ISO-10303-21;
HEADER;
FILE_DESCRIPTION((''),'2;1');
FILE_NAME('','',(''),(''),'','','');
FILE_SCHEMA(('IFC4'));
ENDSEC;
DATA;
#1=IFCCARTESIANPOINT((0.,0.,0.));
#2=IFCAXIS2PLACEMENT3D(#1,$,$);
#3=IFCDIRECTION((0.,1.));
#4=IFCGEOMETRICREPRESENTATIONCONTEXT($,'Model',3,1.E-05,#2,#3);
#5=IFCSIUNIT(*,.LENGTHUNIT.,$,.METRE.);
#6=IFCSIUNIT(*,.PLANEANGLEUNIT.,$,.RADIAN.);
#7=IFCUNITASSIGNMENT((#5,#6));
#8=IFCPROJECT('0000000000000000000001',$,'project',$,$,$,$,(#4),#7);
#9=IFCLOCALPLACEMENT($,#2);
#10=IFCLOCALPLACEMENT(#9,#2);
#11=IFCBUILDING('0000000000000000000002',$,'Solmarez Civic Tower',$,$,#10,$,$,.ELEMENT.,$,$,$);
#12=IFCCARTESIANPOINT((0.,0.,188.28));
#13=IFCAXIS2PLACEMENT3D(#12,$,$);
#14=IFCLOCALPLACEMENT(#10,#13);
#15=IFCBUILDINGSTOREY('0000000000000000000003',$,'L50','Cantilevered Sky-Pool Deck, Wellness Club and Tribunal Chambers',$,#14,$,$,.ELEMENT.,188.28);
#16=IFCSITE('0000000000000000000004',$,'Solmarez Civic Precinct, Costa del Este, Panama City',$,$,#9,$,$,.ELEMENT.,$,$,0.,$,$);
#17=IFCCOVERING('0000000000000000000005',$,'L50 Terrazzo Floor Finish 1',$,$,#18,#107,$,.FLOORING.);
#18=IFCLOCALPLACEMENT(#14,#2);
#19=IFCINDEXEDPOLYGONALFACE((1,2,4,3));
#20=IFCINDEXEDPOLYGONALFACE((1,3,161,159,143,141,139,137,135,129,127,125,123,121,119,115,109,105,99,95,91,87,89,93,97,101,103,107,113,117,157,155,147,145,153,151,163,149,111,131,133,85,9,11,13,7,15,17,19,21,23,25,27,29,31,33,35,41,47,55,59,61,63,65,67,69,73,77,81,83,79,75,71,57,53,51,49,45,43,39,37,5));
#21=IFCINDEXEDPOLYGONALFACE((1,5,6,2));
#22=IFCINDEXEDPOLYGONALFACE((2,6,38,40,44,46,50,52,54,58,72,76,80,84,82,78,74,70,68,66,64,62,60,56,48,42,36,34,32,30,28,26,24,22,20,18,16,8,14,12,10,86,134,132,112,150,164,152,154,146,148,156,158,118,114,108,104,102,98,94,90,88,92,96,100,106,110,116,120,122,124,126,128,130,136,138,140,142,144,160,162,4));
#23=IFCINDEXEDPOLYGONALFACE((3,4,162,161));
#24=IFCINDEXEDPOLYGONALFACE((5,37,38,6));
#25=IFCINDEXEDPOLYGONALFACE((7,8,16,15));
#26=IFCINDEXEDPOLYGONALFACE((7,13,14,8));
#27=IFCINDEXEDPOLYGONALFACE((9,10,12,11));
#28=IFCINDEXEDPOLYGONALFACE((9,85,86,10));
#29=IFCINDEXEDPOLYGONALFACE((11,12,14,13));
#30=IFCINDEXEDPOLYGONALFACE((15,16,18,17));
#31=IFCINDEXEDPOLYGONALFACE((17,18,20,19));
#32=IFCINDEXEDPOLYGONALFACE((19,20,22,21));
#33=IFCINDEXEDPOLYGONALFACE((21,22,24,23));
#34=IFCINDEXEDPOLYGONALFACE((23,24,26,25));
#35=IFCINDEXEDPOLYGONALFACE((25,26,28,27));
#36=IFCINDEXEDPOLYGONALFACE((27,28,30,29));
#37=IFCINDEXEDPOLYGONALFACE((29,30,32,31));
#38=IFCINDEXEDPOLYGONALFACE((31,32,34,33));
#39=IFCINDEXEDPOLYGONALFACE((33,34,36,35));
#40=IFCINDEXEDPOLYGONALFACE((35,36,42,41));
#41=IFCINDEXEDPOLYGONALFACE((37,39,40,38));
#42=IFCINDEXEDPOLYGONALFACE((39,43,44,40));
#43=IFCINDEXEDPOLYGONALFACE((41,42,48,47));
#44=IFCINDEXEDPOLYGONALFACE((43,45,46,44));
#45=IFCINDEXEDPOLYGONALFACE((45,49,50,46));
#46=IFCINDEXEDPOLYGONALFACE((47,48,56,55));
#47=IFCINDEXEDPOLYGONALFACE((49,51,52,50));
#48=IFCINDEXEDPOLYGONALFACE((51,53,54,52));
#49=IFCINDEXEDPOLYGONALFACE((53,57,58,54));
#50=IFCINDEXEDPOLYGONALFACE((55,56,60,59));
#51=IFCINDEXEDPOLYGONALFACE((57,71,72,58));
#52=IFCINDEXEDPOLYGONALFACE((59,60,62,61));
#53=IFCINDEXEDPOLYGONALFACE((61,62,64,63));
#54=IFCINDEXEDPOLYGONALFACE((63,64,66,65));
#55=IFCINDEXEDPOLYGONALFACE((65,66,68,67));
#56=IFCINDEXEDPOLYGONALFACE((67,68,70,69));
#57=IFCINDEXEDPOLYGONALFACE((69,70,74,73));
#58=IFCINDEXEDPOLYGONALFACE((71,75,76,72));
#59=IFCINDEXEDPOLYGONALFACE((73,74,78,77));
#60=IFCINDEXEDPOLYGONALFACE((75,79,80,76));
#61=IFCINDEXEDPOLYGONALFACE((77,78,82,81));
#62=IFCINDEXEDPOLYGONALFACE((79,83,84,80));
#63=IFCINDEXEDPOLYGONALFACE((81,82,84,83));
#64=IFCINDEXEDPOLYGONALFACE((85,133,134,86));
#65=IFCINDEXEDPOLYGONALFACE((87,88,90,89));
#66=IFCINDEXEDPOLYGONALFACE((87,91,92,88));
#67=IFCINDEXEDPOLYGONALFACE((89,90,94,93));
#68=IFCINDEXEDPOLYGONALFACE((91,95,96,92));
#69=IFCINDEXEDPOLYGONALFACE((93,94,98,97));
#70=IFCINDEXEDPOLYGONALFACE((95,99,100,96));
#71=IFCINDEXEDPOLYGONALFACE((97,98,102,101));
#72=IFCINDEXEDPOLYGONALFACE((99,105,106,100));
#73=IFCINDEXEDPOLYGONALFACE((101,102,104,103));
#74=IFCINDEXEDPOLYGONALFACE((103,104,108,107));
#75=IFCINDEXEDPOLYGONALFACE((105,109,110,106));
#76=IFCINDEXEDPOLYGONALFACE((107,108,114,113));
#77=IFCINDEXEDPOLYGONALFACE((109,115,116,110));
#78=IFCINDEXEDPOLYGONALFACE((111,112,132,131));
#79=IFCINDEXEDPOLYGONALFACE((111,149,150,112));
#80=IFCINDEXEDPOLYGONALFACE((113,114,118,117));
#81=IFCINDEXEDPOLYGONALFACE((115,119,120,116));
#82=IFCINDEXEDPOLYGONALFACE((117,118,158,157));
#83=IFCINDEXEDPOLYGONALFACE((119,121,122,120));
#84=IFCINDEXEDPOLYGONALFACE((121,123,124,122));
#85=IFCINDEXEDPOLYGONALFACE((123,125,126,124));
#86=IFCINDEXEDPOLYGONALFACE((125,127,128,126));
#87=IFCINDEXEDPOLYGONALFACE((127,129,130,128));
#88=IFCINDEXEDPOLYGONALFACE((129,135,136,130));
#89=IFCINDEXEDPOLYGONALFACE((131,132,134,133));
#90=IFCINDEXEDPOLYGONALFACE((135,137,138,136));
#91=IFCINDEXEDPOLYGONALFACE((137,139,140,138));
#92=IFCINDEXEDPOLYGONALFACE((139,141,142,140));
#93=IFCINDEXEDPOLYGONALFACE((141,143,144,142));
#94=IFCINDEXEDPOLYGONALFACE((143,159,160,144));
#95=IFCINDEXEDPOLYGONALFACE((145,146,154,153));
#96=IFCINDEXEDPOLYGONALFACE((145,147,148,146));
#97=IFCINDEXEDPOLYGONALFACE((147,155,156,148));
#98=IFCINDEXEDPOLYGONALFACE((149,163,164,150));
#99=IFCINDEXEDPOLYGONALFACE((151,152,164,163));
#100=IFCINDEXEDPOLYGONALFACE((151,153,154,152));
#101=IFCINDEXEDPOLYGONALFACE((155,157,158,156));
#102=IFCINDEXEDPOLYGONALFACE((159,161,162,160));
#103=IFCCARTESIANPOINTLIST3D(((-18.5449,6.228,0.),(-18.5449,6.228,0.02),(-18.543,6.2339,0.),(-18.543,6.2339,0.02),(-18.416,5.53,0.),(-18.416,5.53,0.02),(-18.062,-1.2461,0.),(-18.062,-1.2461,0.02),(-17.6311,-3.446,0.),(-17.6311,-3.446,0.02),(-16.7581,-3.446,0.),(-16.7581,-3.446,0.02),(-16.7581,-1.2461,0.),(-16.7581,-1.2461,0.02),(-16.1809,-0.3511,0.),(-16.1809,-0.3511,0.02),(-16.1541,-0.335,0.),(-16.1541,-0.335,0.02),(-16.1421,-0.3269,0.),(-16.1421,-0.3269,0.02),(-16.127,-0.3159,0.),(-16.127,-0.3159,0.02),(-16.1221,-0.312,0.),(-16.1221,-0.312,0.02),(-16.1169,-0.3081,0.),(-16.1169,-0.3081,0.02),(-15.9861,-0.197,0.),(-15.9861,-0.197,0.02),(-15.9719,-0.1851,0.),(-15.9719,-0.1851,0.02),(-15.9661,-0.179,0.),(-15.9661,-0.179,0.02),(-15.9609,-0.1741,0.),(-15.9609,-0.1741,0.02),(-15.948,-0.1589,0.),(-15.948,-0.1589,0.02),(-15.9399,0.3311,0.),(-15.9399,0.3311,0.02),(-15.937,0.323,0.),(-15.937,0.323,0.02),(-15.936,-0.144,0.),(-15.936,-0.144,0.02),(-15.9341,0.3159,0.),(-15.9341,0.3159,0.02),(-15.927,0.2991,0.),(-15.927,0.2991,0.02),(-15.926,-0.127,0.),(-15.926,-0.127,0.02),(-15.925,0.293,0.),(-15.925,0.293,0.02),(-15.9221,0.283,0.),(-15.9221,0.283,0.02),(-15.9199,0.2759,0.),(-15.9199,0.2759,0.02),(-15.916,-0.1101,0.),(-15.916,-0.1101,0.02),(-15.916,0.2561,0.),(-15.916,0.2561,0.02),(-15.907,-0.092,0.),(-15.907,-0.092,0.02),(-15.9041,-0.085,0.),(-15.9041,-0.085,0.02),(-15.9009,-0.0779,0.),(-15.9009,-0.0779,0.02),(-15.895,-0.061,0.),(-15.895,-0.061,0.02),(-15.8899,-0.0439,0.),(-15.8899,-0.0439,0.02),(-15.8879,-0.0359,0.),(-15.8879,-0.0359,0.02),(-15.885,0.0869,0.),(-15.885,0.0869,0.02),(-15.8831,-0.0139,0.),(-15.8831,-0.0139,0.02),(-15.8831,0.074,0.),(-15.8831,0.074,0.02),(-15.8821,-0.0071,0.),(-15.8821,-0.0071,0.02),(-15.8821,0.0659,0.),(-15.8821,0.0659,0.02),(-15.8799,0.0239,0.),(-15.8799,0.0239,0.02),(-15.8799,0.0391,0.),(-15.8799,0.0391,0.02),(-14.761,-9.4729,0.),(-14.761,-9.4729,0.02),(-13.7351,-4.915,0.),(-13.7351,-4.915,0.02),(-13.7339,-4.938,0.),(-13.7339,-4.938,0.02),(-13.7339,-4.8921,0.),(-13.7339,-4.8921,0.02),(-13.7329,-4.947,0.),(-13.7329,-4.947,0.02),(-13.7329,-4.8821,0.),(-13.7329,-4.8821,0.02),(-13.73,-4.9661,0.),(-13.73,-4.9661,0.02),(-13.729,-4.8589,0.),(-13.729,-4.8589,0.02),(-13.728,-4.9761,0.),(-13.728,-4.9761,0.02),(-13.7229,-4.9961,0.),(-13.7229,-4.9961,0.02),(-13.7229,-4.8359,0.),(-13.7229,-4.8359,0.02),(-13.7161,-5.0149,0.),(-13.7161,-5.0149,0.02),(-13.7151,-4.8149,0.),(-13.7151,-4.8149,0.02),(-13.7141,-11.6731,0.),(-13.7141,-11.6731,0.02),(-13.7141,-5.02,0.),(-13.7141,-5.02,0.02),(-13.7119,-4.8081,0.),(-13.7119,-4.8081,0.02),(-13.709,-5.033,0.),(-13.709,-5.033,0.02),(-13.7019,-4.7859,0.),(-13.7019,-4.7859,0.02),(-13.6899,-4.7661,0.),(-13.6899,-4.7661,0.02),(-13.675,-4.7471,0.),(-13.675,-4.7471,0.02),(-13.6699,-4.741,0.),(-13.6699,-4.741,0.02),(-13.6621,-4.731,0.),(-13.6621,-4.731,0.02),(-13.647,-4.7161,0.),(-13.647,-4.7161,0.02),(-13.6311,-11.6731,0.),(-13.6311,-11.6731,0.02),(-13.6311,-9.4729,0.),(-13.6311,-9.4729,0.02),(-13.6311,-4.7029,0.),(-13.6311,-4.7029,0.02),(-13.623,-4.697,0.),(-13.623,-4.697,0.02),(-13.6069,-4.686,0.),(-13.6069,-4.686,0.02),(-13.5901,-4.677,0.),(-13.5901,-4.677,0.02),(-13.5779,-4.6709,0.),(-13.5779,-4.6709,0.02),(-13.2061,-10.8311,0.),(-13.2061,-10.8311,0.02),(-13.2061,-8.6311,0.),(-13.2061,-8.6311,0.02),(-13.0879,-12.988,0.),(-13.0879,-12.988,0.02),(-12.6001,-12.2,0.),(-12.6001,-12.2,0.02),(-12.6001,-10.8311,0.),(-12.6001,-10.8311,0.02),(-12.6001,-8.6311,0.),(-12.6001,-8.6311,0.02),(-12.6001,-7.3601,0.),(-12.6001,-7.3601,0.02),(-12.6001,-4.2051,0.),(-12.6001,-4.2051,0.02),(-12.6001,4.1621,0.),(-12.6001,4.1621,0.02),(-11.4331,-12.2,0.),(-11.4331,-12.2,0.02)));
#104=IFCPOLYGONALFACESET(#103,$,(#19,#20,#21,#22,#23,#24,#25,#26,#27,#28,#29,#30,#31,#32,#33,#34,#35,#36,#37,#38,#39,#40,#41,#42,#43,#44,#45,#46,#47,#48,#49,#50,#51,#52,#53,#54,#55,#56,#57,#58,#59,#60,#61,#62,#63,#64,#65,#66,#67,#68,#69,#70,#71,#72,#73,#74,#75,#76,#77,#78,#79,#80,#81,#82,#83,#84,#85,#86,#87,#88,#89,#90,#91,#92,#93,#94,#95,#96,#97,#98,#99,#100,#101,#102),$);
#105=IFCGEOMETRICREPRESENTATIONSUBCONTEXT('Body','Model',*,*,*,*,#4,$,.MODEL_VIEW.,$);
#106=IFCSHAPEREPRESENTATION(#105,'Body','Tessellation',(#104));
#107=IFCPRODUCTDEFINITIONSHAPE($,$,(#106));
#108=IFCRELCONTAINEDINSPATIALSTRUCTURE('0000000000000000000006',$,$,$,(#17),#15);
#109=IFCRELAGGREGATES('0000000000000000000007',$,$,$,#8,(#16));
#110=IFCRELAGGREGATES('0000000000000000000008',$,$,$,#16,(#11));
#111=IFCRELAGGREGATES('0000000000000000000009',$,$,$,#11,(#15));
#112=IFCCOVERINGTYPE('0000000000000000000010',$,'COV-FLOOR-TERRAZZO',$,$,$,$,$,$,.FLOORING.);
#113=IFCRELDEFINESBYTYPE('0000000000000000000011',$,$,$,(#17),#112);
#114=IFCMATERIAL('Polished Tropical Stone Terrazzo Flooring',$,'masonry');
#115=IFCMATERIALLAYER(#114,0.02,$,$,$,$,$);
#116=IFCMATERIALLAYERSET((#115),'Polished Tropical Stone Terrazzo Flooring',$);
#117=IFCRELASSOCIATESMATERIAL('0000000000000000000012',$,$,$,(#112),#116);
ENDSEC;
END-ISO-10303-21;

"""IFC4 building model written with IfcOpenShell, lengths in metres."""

from ifc_helpers import new_model, si_unit, direction, frame, origin, place, context, subcontext, project, spatial, polyline, outline, extrude, material, layer, layer_set, type_object, element, save


model = new_model("IFC4")

# Units and contexts
model_context = context("Model", 3, precision=1e-05, world=origin(), true_north=direction((0.0, 1.0)))
body_context = subcontext(model_context, "Body", "Model", "MODEL_VIEW")
ifc_project = project(units=[si_unit("LENGTHUNIT", "METRE"), si_unit("PLANEANGLEUNIT", "RADIAN")], contexts=[model_context])

# Site, building, storey
site_placement = place(None, origin())
site = spatial("IfcSite", under=ifc_project, at=site_placement, Name="Solmarez Civic Precinct, Costa del Este, Panama City", CompositionType="ELEMENT", RefElevation=0.0)
building_placement = place(site_placement, origin())
building = spatial("IfcBuilding", under=site, at=building_placement, Name="Solmarez Civic Tower", CompositionType="ELEMENT")
storey_placement = place(building_placement, frame((0.0, 0.0, 188.28)))
storey = spatial("IfcBuildingStorey", under=building, at=storey_placement, Name="L50", Description="Cantilevered Sky-Pool Deck, Wellness Club and Tribunal Chambers", CompositionType="ELEMENT", Elevation=188.28)

# Covering
ifc_material_1 = material(Name="Polished Tropical Stone Terrazzo Flooring", Category="masonry")
ifc_layer_1 = layer(ifc_material_1, 0.02)
ifc_layer_set_1 = layer_set([ifc_layer_1], Name="Polished Tropical Stone Terrazzo Flooring")
covering_type_1 = type_object("IfcCoveringType", Name="COV-FLOOR-TERRAZZO", PredefinedType="FLOORING", material=ifc_layer_set_1)
covering_1_placement = place(storey_placement, origin())
element("IfcCovering", 1, at=covering_1_placement, inside=storey, type_object=covering_type_1, Name="L50 Terrazzo Floor Finish 1", PredefinedType="FLOORING", context=body_context, shape_type="SweptSolid", body=[
    extrude(outline(polyline([(-15.926, -0.127), (-15.936, -0.144), (-15.948, -0.1589), (-15.9609, -0.1741), (-15.9661, -0.179), (-15.9719, -0.1851), (-15.9861, -0.197), (-16.1169, -0.3081), (-16.1221, -0.312), (-16.127, -0.3159), (-16.1421, -0.3269), (-16.1541, -0.335), (-16.1809, -0.3511), (-18.062, -1.2461), (-16.7581, -1.2461), (-16.7581, -3.446), (-17.6311, -3.446), (-14.761, -9.4729), (-13.6311, -9.4729), (-13.6311, -11.6731), (-13.7141, -11.6731), (-13.0879, -12.988), (-11.4331, -12.2), (-12.6001, -12.2), (-12.6001, -10.8311), (-13.2061, -10.8311), (-13.2061, -8.6311), (-12.6001, -8.6311), (-12.6001, -7.3601), (-13.709, -5.033), (-13.7141, -5.02), (-13.7161, -5.0149), (-13.7229, -4.9961), (-13.728, -4.9761), (-13.73, -4.9661), (-13.7329, -4.947), (-13.7339, -4.938), (-13.7351, -4.915), (-13.7339, -4.8921), (-13.7329, -4.8821), (-13.729, -4.8589), (-13.7229, -4.8359), (-13.7151, -4.8149), (-13.7119, -4.8081), (-13.7019, -4.7859), (-13.6899, -4.7661), (-13.675, -4.7471), (-13.6699, -4.741), (-13.6621, -4.731), (-13.647, -4.7161), (-13.6311, -4.7029), (-13.623, -4.697), (-13.6069, -4.686), (-13.5901, -4.677), (-13.5779, -4.6709), (-12.6001, -4.2051), (-12.6001, 4.1621), (-18.543, 6.2339), (-18.5449, 6.228), (-18.416, 5.53), (-15.9399, 0.3311), (-15.937, 0.323), (-15.9341, 0.3159), (-15.927, 0.2991), (-15.925, 0.293), (-15.9221, 0.283), (-15.9199, 0.2759), (-15.916, 0.2561), (-15.885, 0.0869), (-15.8831, 0.074), (-15.8821, 0.0659), (-15.8799, 0.0391), (-15.8799, 0.0239), (-15.8821, -0.0071), (-15.8831, -0.0139), (-15.8879, -0.0359), (-15.8899, -0.0439), (-15.895, -0.061), (-15.9009, -0.0779), (-15.9041, -0.085), (-15.907, -0.092), (-15.916, -0.1101), (-15.926, -0.127)])), origin(), (0.0, 0.0, 1.0), 0.02),
])

save(model, "model.ifc")
